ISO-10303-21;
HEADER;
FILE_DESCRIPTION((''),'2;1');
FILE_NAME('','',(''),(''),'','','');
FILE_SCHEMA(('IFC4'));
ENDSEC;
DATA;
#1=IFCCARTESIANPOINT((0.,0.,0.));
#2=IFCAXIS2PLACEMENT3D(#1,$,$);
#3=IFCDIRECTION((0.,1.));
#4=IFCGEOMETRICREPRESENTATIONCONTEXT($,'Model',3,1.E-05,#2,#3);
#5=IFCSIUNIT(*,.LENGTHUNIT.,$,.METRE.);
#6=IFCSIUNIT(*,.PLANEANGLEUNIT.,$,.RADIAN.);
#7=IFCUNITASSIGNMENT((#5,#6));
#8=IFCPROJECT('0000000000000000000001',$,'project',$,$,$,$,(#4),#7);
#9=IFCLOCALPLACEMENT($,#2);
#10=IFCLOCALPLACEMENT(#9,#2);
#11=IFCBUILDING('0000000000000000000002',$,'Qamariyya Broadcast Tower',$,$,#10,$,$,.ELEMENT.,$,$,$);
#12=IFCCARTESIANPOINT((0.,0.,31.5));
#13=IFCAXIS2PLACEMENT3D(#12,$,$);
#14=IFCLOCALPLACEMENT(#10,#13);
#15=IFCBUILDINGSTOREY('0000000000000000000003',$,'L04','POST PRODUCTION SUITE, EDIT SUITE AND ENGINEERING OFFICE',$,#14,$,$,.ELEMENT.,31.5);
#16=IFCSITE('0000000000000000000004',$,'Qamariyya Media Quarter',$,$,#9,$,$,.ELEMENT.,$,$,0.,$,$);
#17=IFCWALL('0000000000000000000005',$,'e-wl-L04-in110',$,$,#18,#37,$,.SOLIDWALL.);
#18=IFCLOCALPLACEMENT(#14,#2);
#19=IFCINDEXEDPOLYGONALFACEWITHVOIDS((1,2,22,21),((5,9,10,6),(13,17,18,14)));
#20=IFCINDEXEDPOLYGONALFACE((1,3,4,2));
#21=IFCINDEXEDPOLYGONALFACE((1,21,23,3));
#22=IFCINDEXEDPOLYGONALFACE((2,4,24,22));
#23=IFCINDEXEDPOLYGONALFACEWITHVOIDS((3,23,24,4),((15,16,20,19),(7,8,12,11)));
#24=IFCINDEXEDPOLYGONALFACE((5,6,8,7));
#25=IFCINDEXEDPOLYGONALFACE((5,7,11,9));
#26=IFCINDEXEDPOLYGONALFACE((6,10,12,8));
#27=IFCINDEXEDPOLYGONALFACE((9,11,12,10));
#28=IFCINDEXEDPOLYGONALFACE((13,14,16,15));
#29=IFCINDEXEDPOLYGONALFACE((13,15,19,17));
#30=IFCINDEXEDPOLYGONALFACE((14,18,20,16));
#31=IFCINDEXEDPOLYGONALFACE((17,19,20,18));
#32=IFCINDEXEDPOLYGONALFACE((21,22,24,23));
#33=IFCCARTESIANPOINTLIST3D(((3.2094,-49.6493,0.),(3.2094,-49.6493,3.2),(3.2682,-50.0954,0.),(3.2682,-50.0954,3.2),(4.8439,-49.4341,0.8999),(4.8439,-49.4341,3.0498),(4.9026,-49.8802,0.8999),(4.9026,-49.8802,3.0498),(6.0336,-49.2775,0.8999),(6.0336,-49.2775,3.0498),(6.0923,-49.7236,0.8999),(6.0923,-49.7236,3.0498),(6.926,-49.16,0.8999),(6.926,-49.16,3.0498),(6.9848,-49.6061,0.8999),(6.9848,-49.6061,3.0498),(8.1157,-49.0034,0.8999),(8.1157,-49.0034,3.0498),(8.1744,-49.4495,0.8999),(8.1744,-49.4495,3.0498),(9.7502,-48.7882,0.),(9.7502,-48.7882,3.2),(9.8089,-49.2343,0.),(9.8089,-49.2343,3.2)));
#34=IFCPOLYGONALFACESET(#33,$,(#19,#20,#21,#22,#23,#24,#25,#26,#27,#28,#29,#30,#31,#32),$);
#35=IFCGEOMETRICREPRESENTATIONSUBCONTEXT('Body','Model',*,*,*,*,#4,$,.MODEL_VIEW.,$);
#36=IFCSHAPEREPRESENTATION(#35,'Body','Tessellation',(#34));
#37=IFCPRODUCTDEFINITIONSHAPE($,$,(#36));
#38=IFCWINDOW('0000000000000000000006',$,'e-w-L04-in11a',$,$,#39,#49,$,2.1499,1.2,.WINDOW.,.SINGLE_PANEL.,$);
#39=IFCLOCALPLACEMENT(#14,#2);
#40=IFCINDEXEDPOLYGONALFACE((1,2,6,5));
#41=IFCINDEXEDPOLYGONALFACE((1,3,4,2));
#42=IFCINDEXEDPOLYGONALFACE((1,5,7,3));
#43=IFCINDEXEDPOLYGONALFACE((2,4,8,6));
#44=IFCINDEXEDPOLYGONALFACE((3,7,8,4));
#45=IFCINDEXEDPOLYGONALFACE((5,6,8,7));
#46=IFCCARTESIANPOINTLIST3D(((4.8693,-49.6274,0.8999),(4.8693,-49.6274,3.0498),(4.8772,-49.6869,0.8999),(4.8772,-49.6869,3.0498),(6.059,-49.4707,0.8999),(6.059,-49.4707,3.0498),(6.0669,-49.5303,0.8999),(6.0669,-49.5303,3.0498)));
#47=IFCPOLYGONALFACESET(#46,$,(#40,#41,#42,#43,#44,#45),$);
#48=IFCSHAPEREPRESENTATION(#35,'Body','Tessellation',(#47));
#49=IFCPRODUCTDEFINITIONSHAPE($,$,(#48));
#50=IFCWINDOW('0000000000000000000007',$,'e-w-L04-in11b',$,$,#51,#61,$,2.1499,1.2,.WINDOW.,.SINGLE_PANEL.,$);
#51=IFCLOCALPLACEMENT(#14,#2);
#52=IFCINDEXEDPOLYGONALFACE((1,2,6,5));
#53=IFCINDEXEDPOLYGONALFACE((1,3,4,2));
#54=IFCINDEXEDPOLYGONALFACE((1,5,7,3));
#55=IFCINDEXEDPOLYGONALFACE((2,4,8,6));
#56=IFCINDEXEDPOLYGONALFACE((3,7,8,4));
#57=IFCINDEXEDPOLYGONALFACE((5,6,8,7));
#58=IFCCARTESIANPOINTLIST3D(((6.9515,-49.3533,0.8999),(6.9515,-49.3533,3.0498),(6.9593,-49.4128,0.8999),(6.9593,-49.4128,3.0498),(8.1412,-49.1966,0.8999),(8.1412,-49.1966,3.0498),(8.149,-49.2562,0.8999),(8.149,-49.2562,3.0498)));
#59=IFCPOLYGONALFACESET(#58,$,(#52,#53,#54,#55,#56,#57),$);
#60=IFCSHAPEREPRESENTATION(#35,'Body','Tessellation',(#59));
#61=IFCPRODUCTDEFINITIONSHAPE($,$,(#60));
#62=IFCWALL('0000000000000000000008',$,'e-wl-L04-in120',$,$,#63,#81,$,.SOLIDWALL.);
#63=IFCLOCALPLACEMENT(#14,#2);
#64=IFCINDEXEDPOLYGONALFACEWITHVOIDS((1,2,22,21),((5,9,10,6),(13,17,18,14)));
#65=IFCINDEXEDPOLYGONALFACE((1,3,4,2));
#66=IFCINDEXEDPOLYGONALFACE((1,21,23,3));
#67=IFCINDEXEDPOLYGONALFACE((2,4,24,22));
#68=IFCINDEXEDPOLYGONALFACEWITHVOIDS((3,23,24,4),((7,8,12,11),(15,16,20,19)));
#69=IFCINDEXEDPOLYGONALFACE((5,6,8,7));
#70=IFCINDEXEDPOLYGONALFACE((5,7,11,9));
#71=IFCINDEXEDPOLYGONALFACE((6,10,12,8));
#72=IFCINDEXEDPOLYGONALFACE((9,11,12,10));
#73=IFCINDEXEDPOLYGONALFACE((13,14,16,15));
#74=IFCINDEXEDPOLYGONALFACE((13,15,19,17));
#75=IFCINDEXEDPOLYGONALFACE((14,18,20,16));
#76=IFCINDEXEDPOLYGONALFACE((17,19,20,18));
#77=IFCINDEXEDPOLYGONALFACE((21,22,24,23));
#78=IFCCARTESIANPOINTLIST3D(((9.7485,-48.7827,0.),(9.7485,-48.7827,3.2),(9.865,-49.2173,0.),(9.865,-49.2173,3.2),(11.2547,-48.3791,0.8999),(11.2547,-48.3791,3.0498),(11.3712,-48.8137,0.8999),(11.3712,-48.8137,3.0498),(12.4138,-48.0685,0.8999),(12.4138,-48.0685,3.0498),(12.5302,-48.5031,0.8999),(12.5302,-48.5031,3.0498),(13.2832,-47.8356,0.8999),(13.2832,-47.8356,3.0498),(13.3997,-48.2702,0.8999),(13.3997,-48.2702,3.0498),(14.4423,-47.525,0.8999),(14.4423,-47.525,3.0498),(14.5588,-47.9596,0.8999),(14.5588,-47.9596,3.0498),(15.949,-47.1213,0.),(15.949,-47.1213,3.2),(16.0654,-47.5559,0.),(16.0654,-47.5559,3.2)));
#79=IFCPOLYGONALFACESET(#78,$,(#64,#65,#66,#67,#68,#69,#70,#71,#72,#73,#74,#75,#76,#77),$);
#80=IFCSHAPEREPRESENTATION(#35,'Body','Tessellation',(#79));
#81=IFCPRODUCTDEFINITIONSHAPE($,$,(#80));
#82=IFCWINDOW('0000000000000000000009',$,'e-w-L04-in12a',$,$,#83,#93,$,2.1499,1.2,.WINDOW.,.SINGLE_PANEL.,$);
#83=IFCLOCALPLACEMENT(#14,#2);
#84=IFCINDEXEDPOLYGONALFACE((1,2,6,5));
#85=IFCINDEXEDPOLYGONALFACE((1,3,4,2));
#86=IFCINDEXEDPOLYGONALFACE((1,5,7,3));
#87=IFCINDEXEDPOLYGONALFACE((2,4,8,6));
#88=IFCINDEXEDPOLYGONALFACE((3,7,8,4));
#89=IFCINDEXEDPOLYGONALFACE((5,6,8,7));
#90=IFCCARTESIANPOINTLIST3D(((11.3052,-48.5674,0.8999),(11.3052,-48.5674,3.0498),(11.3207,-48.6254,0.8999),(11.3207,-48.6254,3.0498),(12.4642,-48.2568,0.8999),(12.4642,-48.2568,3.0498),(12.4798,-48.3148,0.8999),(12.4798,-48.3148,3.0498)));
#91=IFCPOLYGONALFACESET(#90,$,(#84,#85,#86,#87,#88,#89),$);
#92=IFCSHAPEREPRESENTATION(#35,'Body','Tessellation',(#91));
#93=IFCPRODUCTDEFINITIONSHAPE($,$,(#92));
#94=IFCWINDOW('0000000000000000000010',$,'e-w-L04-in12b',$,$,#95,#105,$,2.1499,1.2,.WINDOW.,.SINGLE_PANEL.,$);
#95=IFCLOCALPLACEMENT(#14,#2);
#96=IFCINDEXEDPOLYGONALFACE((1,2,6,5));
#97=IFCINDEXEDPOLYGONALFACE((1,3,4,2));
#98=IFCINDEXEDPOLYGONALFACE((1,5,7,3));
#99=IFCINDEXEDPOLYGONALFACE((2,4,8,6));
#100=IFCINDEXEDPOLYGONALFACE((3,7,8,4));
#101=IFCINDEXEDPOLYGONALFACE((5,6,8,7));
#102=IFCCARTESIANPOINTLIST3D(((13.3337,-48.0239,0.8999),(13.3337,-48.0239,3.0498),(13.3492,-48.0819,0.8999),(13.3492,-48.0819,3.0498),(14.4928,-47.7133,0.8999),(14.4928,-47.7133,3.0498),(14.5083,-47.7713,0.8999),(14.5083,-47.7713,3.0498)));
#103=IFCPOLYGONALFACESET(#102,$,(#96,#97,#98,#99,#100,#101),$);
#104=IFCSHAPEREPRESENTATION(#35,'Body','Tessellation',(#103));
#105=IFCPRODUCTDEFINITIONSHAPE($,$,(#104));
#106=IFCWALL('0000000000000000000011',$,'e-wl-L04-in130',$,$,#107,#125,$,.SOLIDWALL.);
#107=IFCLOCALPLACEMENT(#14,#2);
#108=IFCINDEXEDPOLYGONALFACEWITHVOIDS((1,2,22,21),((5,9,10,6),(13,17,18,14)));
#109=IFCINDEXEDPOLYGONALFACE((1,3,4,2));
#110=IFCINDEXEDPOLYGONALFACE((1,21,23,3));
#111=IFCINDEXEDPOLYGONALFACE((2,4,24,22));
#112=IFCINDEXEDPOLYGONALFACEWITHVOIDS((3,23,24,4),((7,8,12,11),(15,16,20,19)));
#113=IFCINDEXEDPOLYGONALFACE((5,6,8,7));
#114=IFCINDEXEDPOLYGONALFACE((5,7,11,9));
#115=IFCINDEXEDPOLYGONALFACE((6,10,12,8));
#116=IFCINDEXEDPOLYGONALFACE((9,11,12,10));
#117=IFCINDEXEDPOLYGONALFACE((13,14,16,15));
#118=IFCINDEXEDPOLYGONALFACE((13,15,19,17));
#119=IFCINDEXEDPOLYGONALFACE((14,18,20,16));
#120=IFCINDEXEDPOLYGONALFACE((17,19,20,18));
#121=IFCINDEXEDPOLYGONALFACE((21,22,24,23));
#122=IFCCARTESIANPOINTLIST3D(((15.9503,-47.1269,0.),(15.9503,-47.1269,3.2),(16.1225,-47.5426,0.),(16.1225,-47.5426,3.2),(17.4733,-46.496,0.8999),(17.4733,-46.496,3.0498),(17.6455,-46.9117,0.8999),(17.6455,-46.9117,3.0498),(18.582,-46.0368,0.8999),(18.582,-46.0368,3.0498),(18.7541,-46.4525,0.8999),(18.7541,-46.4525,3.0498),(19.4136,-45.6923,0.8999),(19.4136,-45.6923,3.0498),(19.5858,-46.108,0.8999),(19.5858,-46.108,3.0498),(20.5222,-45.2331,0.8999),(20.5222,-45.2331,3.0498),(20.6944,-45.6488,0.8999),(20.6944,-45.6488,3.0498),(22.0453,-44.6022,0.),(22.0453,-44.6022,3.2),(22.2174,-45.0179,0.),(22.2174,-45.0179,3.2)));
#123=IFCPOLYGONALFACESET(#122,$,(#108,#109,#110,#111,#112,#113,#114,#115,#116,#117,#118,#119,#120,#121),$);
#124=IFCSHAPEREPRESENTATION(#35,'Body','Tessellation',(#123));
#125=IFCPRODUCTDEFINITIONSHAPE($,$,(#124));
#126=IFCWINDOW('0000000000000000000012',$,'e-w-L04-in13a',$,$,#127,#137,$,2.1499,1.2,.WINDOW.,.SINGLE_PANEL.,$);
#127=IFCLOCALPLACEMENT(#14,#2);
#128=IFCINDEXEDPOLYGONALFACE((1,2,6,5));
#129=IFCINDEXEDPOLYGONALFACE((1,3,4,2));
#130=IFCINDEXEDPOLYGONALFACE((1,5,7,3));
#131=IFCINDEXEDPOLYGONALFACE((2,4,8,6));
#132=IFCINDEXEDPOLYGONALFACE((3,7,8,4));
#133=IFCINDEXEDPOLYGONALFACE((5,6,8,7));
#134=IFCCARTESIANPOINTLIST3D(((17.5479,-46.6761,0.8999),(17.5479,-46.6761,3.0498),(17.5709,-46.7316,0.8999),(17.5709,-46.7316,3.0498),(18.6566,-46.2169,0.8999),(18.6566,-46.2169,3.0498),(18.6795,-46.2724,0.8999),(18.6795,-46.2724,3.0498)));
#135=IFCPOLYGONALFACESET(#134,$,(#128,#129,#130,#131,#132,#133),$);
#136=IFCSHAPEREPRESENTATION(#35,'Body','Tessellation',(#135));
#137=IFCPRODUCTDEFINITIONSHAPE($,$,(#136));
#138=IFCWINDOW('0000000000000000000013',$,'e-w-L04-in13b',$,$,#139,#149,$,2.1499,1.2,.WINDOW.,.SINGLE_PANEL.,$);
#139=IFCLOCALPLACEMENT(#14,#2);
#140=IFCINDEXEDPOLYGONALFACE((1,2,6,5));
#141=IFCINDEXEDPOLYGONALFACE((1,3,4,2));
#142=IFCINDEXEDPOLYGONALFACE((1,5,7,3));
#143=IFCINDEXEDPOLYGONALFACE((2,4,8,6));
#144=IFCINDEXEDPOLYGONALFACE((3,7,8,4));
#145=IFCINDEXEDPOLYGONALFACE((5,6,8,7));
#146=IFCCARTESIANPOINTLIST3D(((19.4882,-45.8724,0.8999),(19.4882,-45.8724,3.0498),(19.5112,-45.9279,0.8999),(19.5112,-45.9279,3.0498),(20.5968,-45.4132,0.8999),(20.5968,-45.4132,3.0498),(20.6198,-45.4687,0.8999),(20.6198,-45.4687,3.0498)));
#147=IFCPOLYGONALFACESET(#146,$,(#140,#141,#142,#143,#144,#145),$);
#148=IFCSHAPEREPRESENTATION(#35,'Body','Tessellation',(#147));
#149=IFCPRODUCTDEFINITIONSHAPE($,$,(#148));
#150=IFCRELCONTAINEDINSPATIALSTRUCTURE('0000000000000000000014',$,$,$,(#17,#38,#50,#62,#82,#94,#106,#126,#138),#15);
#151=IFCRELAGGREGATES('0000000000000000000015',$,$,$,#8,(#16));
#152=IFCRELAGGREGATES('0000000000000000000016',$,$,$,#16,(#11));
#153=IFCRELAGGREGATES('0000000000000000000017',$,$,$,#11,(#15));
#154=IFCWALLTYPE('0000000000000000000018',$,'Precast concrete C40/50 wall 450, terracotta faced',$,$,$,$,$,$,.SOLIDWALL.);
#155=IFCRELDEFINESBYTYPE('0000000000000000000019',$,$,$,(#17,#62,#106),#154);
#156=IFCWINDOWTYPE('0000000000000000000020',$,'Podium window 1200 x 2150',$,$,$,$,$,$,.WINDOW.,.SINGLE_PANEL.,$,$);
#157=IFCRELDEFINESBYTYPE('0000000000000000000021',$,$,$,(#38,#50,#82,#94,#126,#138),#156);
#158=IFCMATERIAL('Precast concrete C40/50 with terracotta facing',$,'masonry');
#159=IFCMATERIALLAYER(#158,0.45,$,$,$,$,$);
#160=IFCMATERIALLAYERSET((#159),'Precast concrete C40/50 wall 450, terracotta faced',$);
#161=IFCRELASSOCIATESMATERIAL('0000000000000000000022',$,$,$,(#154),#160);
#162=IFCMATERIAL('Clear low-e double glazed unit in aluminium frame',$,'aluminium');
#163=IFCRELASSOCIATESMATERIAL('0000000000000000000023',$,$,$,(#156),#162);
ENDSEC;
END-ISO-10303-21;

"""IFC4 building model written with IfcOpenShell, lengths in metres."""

from ifc_helpers import new_model, si_unit, direction, frame, frame_2d, origin, place, context, subcontext, project, spatial, rectangle, extrude, material, layer, layer_set, type_object, element, fill, save


model = new_model("IFC4")

# Units and contexts
model_context = context("Model", 3, precision=1e-05, world=origin(), true_north=direction((0.0, 1.0)))
body_context = subcontext(model_context, "Body", "Model", "MODEL_VIEW")
ifc_project = project(units=[si_unit("LENGTHUNIT", "METRE"), si_unit("PLANEANGLEUNIT", "RADIAN")], contexts=[model_context])

# Site, building, storey
site_placement = place(None, origin())
site = spatial("IfcSite", under=ifc_project, at=site_placement, Name="Qamariyya Media Quarter", CompositionType="ELEMENT", RefElevation=0.0)
building_placement = place(site_placement, origin())
building = spatial("IfcBuilding", under=site, at=building_placement, Name="Qamariyya Broadcast Tower", CompositionType="ELEMENT")
storey_placement = place(building_placement, frame((0.0, 0.0, 31.5)))
storey = spatial("IfcBuildingStorey", under=building, at=storey_placement, Name="L04", Description="POST PRODUCTION SUITE, EDIT SUITE AND ENGINEERING OFFICE", CompositionType="ELEMENT", Elevation=31.5)

# Walls, openings, windows
ifc_material_1 = material(Name="Precast concrete C40/50 with terracotta facing", Category="masonry")
ifc_layer_1 = layer(ifc_material_1, 0.45)
ifc_layer_set_1 = layer_set([ifc_layer_1], Name="Precast concrete C40/50 wall 450, terracotta faced")
wall_type_1 = type_object("IfcWallType", Name="Precast concrete C40/50 wall 450, terracotta faced", PredefinedType="SOLIDWALL", material=ifc_layer_set_1)
wall_1_placement = place(storey_placement, frame((9.7795, -49.0112, 0.0), z_axis=(0.0, 0.0, 1.0), x_axis=(-0.991445, -0.130522, 0.0)))
wall_1 = element("IfcWall", 1, at=wall_1_placement, inside=storey, type_object=wall_type_1, Name="e-wl-L04-in110", PredefinedType="SOLIDWALL", context=body_context, shape_type="SweptSolid", body=[
    extrude(rectangle(XDim=6.5972, YDim=0.45, at=frame_2d((3.2986, 0.0))), origin(), (0.0, 0.0, 1.0), 3.2),
])
opening_1_placement = place(wall_1_placement, frame((3.7485, 0.0, 0.8999)))
opening_1 = element("IfcOpeningElement", 2, at=opening_1_placement, cuts=wall_1, PredefinedType="OPENING", context=body_context, shape_type="SweptSolid", body=[
    extrude(rectangle(XDim=1.2, YDim=2.1499, at=frame_2d((0.6001, 1.075))), frame((0.0, 0.2349, 0.0), z_axis=(0.0, -1.0, 0.0), x_axis=(1.0, 0.0, 0.0)), (0.0, 0.0, 1.0), 0.47),
])
opening_2_placement = place(wall_1_placement, frame((1.6484, 0.0, 0.8999)))
opening_2 = element("IfcOpeningElement", 3, at=opening_2_placement, cuts=wall_1, PredefinedType="OPENING", context=body_context, shape_type="SweptSolid", body=[
    extrude(rectangle(XDim=1.2, YDim=2.1499, at=frame_2d((0.6001, 1.075))), frame((0.0, 0.2349, 0.0), z_axis=(0.0, -1.0, 0.0), x_axis=(1.0, 0.0, 0.0)), (0.0, 0.0, 1.0), 0.47),
])
ifc_material_2 = material(Name="Clear low-e double glazed unit in aluminium frame", Category="aluminium")
window_type = type_object("IfcWindowType", Name="Podium window 1200 x 2150", PartitioningType="SINGLE_PANEL", PredefinedType="WINDOW", material=ifc_material_2)
window_1_placement = place(opening_1_placement, origin())
window_1 = element("IfcWindow", 4, at=window_1_placement, inside=storey, type_object=window_type, Name="e-w-L04-in11a", OverallHeight=2.1499, OverallWidth=1.2, PartitioningType="SINGLE_PANEL", PredefinedType="WINDOW", context=body_context, shape_type="SweptSolid", body=[
    extrude(rectangle(XDim=1.2, YDim=2.1499, at=frame_2d((0.6001, 1.075))), frame((0.0, 0.03, 0.0), z_axis=(0.0, -1.0, 0.0), x_axis=(1.0, 0.0, 0.0)), (0.0, 0.0, 1.0), 0.0601),
])
fill(opening_1, window_1)
window_2_placement = place(opening_2_placement, origin())
window_2 = element("IfcWindow", 5, at=window_2_placement, inside=storey, type_object=window_type, Name="e-w-L04-in11b", OverallHeight=2.1499, OverallWidth=1.2, PartitioningType="SINGLE_PANEL", PredefinedType="WINDOW", context=body_context, shape_type="SweptSolid", body=[
    extrude(rectangle(XDim=1.2, YDim=2.1499, at=frame_2d((0.6001, 1.075))), frame((0.0, 0.03, 0.0), z_axis=(0.0, -1.0, 0.0), x_axis=(1.0, 0.0, 0.0)), (0.0, 0.0, 1.0), 0.0601),
])
fill(opening_2, window_2)
wall_2_placement = place(storey_placement, frame((16.0071, -47.3386, 0.0), z_axis=(0.0, 0.0, 1.0), x_axis=(-0.965927, -0.258815, 0.0)))
wall_2 = element("IfcWall", 6, at=wall_2_placement, inside=storey, type_object=wall_type_1, Name="e-wl-L04-in120", PredefinedType="SOLIDWALL", context=body_context, shape_type="SweptSolid", body=[
    extrude(rectangle(XDim=6.4192, YDim=0.45, at=frame_2d((3.2095, 0.0))), origin(), (0.0, 0.0, 1.0), 3.2),
])
opening_3_placement = place(wall_2_placement, frame((3.6597, 0.0, 0.8999)))
opening_3 = element("IfcOpeningElement", 7, at=opening_3_placement, cuts=wall_2, PredefinedType="OPENING", context=body_context, shape_type="SweptSolid", body=[
    extrude(rectangle(XDim=1.2, YDim=2.1499, at=frame_2d((0.6001, 1.075))), frame((0.0, 0.2349, 0.0), z_axis=(0.0, -1.0, 0.0), x_axis=(1.0, 0.0, 0.0)), (0.0, 0.0, 1.0), 0.47),
])
opening_4_placement = place(wall_2_placement, frame((1.5596, 0.0, 0.8999)))
opening_4 = element("IfcOpeningElement", 8, at=opening_4_placement, cuts=wall_2, PredefinedType="OPENING", context=body_context, shape_type="SweptSolid", body=[
    extrude(rectangle(XDim=1.2, YDim=2.1499, at=frame_2d((0.6001, 1.075))), frame((0.0, 0.2349, 0.0), z_axis=(0.0, -1.0, 0.0), x_axis=(1.0, 0.0, 0.0)), (0.0, 0.0, 1.0), 0.47),
])
window_3_placement = place(opening_3_placement, origin())
window_3 = element("IfcWindow", 9, at=window_3_placement, inside=storey, type_object=window_type, Name="e-w-L04-in12a", OverallHeight=2.1499, OverallWidth=1.2, PartitioningType="SINGLE_PANEL", PredefinedType="WINDOW", context=body_context, shape_type="SweptSolid", body=[
    extrude(rectangle(XDim=1.2, YDim=2.1499, at=frame_2d((0.6001, 1.075))), frame((0.0, 0.03, 0.0), z_axis=(0.0, -1.0, 0.0), x_axis=(1.0, 0.0, 0.0)), (0.0, 0.0, 1.0), 0.0601),
])
fill(opening_3, window_3)
window_4_placement = place(opening_4_placement, origin())
window_4 = element("IfcWindow", 10, at=window_4_placement, inside=storey, type_object=window_type, Name="e-w-L04-in12b", OverallHeight=2.1499, OverallWidth=1.2, PartitioningType="SINGLE_PANEL", PredefinedType="WINDOW", context=body_context, shape_type="SweptSolid", body=[
    extrude(rectangle(XDim=1.2, YDim=2.1499, at=frame_2d((0.6001, 1.075))), frame((0.0, 0.03, 0.0), z_axis=(0.0, -1.0, 0.0), x_axis=(1.0, 0.0, 0.0)), (0.0, 0.0, 1.0), 0.0601),
])
fill(opening_4, window_4)
wall_3_placement = place(storey_placement, frame((22.1313, -44.8101, 0.0), z_axis=(0.0, 0.0, 1.0), x_axis=(-0.923877, -0.382688, 0.0)))
wall_3 = element("IfcWall", 11, at=wall_3_placement, inside=storey, type_object=wall_type_1, Name="e-wl-L04-in130", PredefinedType="SOLIDWALL", context=body_context, shape_type="SweptSolid", body=[
    extrude(rectangle(XDim=6.5972, YDim=0.45, at=frame_2d((3.2986, 0.0))), origin(), (0.0, 0.0, 1.0), 3.2),
])
opening_5_placement = place(wall_3_placement, frame((3.7485, 0.0, 0.8999)))
opening_5 = element("IfcOpeningElement", 12, at=opening_5_placement, cuts=wall_3, PredefinedType="OPENING", context=body_context, shape_type="SweptSolid", body=[
    extrude(rectangle(XDim=1.2, YDim=2.1499, at=frame_2d((0.6001, 1.075))), frame((0.0, 0.2349, 0.0), z_axis=(0.0, -1.0, 0.0), x_axis=(1.0, 0.0, 0.0)), (0.0, 0.0, 1.0), 0.47),
])
opening_6_placement = place(wall_3_placement, frame((1.6484, 0.0, 0.8999)))
opening_6 = element("IfcOpeningElement", 13, at=opening_6_placement, cuts=wall_3, PredefinedType="OPENING", context=body_context, shape_type="SweptSolid", body=[
    extrude(rectangle(XDim=1.2, YDim=2.1499, at=frame_2d((0.6001, 1.075))), frame((0.0, 0.2349, 0.0), z_axis=(0.0, -1.0, 0.0), x_axis=(1.0, 0.0, 0.0)), (0.0, 0.0, 1.0), 0.47),
])
window_5_placement = place(opening_5_placement, origin())
window_5 = element("IfcWindow", 14, at=window_5_placement, inside=storey, type_object=window_type, Name="e-w-L04-in13a", OverallHeight=2.1499, OverallWidth=1.2, PartitioningType="SINGLE_PANEL", PredefinedType="WINDOW", context=body_context, shape_type="SweptSolid", body=[
    extrude(rectangle(XDim=1.2, YDim=2.1499, at=frame_2d((0.6001, 1.075))), frame((0.0, 0.03, 0.0), z_axis=(0.0, -1.0, 0.0), x_axis=(1.0, 0.0, 0.0)), (0.0, 0.0, 1.0), 0.0601),
])
fill(opening_5, window_5)
window_6_placement = place(opening_6_placement, origin())
window_6 = element("IfcWindow", 15, at=window_6_placement, inside=storey, type_object=window_type, Name="e-w-L04-in13b", OverallHeight=2.1499, OverallWidth=1.2, PartitioningType="SINGLE_PANEL", PredefinedType="WINDOW", context=body_context, shape_type="SweptSolid", body=[
    extrude(rectangle(XDim=1.2, YDim=2.1499, at=frame_2d((0.6001, 1.075))), frame((0.0, 0.03, 0.0), z_axis=(0.0, -1.0, 0.0), x_axis=(1.0, 0.0, 0.0)), (0.0, 0.0, 1.0), 0.0601),
])
fill(opening_6, window_6)

save(model, "model.ifc")
